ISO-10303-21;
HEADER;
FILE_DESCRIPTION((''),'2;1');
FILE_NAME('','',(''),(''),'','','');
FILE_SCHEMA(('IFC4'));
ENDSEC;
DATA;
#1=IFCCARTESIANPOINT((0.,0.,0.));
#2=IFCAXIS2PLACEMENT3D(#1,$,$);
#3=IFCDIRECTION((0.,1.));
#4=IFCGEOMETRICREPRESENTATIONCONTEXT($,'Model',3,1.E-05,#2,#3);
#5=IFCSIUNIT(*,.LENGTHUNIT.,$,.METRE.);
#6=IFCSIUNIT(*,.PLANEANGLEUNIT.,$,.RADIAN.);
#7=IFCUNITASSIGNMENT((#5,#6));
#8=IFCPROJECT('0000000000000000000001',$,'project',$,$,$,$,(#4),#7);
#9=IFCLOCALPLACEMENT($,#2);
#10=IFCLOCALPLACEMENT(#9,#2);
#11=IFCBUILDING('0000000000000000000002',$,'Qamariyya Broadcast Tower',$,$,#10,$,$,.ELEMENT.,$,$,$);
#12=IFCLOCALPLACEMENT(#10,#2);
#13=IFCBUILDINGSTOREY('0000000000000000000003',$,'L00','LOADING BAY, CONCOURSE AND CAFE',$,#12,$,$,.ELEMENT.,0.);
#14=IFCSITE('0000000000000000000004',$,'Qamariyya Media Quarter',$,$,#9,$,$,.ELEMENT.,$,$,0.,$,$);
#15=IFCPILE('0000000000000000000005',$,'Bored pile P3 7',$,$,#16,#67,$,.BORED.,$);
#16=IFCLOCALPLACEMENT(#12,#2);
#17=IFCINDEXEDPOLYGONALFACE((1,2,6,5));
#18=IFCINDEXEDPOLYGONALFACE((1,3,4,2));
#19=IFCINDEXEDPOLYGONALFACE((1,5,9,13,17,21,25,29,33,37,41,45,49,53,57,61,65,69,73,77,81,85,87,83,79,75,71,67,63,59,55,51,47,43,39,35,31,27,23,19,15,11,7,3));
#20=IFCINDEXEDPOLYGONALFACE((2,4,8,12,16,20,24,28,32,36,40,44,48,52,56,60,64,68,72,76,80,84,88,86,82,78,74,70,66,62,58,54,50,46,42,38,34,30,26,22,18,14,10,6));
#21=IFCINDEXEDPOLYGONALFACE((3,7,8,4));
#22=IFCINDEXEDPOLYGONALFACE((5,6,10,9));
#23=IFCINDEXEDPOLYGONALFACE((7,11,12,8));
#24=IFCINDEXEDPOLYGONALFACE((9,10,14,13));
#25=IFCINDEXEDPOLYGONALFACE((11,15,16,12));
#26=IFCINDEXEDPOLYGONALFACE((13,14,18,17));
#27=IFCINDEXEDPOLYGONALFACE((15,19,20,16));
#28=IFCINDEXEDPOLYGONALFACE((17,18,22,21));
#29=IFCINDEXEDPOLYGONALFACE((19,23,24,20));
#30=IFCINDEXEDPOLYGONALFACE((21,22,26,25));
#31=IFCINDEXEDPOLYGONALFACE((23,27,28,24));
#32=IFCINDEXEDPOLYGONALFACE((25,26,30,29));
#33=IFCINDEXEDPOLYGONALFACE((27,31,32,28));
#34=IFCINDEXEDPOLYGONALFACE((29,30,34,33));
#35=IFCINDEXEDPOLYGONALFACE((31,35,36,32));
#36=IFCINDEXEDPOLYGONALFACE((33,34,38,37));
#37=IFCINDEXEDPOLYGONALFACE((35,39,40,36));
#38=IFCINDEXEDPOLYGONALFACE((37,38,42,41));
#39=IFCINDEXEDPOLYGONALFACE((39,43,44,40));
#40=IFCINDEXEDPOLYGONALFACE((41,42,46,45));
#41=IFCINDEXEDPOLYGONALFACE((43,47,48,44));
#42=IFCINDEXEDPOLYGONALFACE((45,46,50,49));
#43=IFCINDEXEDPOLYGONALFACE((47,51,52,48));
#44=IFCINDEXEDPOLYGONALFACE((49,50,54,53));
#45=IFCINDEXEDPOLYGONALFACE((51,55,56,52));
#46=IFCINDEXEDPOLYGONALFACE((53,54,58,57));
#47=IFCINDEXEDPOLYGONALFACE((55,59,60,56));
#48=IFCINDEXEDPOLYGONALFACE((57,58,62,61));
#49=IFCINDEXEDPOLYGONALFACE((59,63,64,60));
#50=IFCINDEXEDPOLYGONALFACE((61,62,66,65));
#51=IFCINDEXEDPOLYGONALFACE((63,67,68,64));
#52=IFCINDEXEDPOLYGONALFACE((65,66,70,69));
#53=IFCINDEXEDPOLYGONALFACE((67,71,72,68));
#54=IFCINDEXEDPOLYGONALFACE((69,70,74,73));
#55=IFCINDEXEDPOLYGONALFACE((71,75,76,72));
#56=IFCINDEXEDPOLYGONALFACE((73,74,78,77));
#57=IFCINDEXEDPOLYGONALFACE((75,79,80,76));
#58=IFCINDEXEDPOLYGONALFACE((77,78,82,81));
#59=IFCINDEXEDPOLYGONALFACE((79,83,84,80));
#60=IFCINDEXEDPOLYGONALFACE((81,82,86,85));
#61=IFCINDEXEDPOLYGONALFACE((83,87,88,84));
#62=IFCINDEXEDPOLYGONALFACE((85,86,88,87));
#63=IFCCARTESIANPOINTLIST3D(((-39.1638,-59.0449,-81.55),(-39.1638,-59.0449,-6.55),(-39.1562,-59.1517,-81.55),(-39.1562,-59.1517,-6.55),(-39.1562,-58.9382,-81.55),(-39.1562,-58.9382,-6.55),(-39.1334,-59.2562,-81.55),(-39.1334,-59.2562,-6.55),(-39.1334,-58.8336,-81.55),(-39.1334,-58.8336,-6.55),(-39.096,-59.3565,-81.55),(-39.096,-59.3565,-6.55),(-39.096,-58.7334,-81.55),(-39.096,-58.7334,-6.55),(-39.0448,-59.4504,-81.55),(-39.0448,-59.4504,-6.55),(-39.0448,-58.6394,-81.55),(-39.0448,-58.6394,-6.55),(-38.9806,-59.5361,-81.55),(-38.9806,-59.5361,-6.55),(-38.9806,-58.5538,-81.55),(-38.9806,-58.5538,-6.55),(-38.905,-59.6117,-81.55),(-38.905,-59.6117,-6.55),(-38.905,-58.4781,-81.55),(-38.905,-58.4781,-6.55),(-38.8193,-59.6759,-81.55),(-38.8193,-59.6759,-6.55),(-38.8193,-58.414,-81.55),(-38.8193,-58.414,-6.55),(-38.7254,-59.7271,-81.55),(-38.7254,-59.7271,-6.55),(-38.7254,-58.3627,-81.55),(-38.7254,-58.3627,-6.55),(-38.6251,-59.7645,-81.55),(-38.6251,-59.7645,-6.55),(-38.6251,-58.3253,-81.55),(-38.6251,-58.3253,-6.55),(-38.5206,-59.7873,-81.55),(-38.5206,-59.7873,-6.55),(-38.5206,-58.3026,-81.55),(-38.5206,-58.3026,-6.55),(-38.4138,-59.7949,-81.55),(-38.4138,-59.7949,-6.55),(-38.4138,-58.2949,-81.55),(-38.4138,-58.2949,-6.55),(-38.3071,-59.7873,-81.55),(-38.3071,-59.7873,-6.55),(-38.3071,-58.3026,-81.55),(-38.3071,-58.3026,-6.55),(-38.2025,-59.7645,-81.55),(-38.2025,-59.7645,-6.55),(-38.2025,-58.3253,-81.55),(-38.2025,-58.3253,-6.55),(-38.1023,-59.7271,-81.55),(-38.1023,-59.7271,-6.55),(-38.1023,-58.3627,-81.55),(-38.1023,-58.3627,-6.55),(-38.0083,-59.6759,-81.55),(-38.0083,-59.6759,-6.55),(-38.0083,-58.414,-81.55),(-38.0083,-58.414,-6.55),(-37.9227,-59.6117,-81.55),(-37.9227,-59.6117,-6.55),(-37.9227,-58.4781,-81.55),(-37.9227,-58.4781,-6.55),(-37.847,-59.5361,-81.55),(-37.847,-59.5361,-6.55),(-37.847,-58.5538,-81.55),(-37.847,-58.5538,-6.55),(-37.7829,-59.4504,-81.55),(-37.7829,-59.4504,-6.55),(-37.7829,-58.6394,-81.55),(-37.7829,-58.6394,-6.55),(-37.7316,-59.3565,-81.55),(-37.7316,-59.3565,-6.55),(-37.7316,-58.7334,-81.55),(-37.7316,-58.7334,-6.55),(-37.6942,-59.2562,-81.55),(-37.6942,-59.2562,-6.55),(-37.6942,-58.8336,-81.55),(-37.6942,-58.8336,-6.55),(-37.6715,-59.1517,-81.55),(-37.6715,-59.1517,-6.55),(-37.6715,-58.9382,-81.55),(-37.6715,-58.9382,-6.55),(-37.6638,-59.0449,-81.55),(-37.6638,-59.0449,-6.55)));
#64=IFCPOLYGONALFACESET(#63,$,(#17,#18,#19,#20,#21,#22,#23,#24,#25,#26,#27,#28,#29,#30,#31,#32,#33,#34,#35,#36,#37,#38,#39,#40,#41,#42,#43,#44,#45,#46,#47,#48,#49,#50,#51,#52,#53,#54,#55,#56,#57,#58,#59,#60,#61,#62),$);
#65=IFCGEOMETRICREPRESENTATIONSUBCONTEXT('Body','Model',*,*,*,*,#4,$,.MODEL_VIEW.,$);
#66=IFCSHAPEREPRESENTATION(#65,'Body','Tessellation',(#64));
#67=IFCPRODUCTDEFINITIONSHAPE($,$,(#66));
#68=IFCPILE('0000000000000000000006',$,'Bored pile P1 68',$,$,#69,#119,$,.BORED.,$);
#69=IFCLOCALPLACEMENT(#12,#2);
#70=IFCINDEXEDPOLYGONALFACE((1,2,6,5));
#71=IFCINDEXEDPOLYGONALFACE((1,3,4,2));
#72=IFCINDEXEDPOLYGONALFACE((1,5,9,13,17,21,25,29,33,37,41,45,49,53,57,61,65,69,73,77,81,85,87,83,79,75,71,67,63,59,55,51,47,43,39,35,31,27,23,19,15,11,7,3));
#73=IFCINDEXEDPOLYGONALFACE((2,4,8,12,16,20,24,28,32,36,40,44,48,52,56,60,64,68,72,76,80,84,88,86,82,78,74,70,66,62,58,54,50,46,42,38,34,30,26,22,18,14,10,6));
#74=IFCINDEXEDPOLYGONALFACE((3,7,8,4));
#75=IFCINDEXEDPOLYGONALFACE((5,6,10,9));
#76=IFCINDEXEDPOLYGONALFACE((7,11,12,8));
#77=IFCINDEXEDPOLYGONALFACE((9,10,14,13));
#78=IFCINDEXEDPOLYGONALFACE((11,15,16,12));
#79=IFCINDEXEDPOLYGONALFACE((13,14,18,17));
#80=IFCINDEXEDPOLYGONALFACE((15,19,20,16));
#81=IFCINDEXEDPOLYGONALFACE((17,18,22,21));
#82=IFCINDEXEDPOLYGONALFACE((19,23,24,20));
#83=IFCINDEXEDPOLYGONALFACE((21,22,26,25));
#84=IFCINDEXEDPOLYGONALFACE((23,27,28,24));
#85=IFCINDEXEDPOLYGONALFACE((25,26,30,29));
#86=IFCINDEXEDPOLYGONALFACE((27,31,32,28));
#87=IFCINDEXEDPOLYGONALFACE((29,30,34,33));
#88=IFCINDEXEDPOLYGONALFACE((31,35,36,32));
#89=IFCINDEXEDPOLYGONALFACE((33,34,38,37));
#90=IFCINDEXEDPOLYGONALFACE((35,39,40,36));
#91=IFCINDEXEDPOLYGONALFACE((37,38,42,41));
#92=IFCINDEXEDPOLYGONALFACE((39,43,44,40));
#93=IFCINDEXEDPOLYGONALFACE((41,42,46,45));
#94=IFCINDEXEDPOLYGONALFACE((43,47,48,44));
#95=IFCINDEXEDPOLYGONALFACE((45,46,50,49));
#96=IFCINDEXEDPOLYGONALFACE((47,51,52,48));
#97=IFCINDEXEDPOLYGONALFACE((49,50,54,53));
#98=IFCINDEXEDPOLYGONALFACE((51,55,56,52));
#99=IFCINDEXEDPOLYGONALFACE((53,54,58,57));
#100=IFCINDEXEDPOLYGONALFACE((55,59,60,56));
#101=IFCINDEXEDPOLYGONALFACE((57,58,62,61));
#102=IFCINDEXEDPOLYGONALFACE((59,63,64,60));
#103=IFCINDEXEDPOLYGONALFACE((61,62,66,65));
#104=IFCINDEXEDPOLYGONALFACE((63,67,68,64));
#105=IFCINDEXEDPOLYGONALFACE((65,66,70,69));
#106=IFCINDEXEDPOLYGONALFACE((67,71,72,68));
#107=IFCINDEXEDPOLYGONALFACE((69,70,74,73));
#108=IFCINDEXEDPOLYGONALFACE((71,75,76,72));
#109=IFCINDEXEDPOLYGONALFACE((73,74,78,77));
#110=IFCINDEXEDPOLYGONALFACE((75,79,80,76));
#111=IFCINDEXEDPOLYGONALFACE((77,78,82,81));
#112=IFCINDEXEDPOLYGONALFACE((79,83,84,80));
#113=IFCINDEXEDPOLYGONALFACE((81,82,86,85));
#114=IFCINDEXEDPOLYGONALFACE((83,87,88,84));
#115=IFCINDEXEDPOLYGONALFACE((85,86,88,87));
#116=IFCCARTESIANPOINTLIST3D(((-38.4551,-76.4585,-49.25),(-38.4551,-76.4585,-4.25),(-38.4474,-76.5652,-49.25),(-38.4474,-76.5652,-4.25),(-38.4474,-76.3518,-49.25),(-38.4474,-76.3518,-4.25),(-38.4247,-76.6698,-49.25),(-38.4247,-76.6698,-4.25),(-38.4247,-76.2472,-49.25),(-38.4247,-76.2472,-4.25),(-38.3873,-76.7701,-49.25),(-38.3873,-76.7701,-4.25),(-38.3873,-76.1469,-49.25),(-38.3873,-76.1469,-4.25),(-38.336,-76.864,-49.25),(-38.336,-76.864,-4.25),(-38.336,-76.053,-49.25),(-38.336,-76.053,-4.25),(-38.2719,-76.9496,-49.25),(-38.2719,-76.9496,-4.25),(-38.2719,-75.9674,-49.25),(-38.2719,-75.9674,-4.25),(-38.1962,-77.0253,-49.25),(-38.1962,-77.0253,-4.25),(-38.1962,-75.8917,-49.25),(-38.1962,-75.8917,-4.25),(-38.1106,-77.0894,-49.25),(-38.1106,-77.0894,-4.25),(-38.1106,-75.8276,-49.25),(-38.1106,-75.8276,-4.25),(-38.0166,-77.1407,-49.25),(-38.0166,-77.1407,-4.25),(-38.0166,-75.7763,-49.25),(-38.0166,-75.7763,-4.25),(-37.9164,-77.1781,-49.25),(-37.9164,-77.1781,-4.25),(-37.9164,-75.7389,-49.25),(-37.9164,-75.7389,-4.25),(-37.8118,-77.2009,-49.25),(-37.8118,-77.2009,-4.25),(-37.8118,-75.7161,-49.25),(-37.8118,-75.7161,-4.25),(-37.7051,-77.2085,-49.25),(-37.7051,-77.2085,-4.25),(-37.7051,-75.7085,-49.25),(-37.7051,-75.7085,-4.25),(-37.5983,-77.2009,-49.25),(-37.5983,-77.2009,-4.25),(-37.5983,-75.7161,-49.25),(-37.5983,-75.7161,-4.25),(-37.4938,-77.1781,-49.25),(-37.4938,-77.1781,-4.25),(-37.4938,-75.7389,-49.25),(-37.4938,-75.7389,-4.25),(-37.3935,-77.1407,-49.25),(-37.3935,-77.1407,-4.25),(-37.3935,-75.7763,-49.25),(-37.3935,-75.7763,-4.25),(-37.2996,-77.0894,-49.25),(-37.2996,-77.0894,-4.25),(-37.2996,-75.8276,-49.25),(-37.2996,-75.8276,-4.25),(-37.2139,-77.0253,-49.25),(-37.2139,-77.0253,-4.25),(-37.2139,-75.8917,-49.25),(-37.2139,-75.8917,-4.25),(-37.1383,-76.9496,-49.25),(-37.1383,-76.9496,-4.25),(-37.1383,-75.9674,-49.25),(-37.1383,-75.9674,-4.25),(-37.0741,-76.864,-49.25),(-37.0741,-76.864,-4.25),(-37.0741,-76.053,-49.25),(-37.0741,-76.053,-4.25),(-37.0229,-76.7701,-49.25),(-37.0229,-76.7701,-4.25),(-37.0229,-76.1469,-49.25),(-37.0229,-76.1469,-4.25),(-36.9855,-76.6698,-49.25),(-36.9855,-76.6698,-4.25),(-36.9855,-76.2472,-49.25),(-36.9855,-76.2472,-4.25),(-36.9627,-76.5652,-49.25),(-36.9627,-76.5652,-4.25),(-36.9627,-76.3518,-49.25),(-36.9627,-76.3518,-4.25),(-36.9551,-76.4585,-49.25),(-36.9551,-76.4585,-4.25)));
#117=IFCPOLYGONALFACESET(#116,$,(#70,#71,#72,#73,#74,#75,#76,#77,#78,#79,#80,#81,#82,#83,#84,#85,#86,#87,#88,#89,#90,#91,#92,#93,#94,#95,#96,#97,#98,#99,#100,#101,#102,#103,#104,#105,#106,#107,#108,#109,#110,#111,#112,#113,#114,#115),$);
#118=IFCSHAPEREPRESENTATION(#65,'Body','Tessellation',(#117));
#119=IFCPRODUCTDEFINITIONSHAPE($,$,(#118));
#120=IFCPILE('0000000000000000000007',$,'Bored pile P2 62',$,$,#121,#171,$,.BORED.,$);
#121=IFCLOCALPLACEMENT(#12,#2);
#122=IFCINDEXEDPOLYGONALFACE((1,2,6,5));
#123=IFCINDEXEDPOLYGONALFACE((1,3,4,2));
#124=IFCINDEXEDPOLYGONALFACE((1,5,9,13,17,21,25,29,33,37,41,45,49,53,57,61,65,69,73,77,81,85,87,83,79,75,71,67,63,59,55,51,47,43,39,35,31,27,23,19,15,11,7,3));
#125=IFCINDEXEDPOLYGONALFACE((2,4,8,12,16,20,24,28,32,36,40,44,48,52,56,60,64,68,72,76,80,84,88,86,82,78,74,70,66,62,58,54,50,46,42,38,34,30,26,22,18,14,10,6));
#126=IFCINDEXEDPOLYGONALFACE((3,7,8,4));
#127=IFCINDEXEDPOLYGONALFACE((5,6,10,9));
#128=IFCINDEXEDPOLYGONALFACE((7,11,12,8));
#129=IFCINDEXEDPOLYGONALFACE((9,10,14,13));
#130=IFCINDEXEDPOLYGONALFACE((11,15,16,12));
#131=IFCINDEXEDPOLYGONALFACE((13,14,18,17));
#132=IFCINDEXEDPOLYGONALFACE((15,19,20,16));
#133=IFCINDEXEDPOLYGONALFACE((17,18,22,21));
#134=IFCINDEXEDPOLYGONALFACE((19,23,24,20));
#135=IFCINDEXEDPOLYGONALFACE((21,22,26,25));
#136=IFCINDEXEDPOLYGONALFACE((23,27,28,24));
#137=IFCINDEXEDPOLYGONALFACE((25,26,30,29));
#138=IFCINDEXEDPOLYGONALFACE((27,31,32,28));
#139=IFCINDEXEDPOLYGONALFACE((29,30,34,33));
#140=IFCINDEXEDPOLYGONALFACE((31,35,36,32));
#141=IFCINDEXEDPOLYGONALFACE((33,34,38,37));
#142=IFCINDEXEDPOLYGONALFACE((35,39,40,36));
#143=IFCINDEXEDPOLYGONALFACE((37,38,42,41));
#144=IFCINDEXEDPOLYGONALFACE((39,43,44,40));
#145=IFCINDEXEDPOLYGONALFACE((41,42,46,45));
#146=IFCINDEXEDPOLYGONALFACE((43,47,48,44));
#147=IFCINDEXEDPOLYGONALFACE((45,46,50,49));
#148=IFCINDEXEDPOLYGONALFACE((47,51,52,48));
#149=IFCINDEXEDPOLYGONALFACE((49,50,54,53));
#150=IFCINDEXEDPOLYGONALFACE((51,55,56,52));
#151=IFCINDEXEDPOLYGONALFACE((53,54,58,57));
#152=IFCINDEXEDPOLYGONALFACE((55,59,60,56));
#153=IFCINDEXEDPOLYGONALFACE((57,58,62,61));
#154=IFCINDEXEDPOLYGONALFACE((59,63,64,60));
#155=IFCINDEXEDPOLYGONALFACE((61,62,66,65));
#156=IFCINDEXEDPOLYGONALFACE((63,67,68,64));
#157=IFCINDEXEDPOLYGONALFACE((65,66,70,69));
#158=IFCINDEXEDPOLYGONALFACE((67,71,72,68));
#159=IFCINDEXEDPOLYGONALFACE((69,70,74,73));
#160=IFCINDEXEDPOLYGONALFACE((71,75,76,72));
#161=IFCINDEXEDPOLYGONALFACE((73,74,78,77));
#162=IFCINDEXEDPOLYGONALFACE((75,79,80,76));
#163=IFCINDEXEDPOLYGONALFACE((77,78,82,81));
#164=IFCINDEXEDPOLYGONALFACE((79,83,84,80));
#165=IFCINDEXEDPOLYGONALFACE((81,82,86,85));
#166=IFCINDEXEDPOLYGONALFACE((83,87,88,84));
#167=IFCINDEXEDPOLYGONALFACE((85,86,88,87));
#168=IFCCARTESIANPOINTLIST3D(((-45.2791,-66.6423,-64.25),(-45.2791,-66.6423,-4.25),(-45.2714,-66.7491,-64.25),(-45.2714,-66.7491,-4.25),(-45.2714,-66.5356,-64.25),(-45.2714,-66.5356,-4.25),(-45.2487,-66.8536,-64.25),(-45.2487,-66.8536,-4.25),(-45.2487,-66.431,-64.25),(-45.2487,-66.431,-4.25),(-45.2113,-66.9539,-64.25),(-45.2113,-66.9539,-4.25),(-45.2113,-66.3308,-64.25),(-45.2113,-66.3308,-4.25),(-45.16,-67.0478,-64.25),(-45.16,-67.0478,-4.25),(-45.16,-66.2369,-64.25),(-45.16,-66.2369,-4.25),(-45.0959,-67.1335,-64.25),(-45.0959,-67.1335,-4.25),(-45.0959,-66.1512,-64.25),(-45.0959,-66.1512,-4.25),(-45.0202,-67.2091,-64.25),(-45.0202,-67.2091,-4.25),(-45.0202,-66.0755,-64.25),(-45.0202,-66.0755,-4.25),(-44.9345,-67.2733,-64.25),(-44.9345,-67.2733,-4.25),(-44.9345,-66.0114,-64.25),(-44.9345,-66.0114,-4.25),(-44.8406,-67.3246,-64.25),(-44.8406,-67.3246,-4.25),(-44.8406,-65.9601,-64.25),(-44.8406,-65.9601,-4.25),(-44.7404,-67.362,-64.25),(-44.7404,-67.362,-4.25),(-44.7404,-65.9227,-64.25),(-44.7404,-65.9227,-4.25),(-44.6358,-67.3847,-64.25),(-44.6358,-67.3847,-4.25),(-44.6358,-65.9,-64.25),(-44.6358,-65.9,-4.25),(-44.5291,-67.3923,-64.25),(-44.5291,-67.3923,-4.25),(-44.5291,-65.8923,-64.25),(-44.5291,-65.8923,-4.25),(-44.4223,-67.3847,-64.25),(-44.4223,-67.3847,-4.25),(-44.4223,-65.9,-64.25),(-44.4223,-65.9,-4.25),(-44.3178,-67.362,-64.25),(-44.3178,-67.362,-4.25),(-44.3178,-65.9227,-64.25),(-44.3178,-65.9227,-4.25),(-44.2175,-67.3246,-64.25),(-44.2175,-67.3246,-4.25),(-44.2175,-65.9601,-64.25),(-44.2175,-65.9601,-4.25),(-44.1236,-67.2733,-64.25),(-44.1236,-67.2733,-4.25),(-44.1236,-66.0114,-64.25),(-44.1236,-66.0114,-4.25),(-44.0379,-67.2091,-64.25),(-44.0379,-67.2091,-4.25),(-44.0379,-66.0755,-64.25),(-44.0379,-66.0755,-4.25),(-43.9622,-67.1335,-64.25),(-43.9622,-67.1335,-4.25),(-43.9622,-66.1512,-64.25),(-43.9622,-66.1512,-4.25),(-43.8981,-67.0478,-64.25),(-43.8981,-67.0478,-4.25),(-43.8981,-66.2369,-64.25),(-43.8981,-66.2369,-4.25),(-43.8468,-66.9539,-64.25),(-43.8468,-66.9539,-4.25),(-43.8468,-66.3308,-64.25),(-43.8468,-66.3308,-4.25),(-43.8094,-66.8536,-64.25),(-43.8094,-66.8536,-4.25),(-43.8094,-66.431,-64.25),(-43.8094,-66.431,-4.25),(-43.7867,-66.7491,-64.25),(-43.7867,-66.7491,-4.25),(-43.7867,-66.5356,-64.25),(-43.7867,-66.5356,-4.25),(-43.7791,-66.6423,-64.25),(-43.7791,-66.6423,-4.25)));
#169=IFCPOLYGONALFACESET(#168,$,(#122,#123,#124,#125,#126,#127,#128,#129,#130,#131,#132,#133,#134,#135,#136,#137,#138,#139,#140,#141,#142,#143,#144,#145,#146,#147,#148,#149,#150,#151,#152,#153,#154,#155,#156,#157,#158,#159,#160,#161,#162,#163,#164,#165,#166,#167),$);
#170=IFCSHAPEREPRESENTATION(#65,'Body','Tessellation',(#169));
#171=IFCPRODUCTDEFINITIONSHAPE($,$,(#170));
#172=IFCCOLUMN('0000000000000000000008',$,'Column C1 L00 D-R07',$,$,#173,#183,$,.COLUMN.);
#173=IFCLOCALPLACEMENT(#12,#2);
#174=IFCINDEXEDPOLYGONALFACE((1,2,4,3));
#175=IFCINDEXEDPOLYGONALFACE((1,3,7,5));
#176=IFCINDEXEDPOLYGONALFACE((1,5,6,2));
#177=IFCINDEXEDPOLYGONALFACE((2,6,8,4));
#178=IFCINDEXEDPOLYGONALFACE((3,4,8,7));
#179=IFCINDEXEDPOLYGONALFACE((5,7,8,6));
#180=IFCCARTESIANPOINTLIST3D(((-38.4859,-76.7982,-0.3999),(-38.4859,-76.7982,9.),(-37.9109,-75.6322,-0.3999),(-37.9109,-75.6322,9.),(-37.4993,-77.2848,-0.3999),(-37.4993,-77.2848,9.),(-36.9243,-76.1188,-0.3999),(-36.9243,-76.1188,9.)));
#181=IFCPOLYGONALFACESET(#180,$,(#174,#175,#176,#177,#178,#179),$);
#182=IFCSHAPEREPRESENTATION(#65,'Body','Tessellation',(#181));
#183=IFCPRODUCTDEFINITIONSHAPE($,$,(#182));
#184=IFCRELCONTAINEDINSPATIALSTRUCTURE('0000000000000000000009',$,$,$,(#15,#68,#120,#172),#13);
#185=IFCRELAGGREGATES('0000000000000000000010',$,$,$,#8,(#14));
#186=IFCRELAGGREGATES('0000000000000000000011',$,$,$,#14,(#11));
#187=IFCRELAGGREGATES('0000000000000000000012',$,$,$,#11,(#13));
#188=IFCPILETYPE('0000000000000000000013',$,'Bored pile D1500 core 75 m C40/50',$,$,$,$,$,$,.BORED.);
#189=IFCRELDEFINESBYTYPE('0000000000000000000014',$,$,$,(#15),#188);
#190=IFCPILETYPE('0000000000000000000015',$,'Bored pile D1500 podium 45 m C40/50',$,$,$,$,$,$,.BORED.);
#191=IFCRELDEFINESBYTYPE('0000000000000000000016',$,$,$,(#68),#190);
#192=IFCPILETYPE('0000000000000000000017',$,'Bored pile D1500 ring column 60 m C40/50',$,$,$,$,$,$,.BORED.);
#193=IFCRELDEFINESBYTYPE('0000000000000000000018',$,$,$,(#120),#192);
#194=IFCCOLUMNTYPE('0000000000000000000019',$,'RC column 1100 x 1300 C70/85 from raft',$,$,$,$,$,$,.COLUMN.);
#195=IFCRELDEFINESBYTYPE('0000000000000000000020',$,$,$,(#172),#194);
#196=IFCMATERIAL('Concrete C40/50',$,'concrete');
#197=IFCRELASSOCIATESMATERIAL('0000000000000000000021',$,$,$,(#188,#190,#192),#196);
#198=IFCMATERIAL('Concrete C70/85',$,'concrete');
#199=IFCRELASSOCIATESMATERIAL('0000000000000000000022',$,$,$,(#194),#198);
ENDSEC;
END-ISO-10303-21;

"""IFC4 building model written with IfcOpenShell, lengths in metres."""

from ifc_helpers import new_model, si_unit, direction, frame, origin, origin_2d, place, context, subcontext, project, spatial, rectangle, circle, extrude, material, material_profile, profile_set, type_object, element, save


model = new_model("IFC4")

# Units and contexts
model_context = context("Model", 3, precision=1e-05, world=origin(), true_north=direction((0.0, 1.0)))
body_context = subcontext(model_context, "Body", "Model", "MODEL_VIEW")
ifc_project = project(units=[si_unit("LENGTHUNIT", "METRE"), si_unit("PLANEANGLEUNIT", "RADIAN")], contexts=[model_context])

# Site, building, storey
site_placement = place(None, origin())
site = spatial("IfcSite", under=ifc_project, at=site_placement, Name="Qamariyya Media Quarter", CompositionType="ELEMENT", RefElevation=0.0)
building_placement = place(site_placement, origin())
building = spatial("IfcBuilding", under=site, at=building_placement, Name="Qamariyya Broadcast Tower", CompositionType="ELEMENT")
storey_placement = place(building_placement, origin())
storey = spatial("IfcBuildingStorey", under=building, at=storey_placement, Name="L00", Description="LOADING BAY, CONCOURSE AND CAFE", CompositionType="ELEMENT", Elevation=0.0)

# Piles
ifc_material_1 = material(Name="Concrete C40/50", Category="concrete")
ifc_material_profile_1 = material_profile(ifc_material_1, circle(Radius=0.75, at=origin_2d()))
ifc_profile_set_1 = profile_set([ifc_material_profile_1], Name="Concrete C40/50")
pile_type_1 = type_object("IfcPileType", Name="Bored pile D1500 core 75 m C40/50", PredefinedType="BORED", material=ifc_profile_set_1)
for number, where, z_axis, x_axis, name in (
    (1, (-38.4138, -59.0449, -6.55), (0.0, 0.0, -1.0), (1.0, 0.0, 0.0), "Bored pile P3 7"),
):
    element("IfcPile", number, at=place(storey_placement, frame(where, z_axis=z_axis, x_axis=x_axis)), inside=storey, type_object=pile_type_1, Name=name, PredefinedType="BORED", context=body_context, shape_type="SweptSolid", body=[
        extrude(circle(Radius=0.75, at=origin_2d()), origin(), (0.0, 0.0, 1.0), 75.0),
    ])
ifc_material_profile_2 = material_profile(ifc_material_1, circle(Radius=0.75, at=origin_2d()))
ifc_profile_set_2 = profile_set([ifc_material_profile_2], Name="Concrete C40/50")
pile_type_2 = type_object("IfcPileType", Name="Bored pile D1500 podium 45 m C40/50", PredefinedType="BORED", material=ifc_profile_set_2)
pile_1_placement = place(storey_placement, frame((-37.7051, -76.4585, -4.25), z_axis=(0.0, 0.0, -1.0), x_axis=(1.0, 0.0, 0.0)))
element("IfcPile", 2, at=pile_1_placement, inside=storey, type_object=pile_type_2, Name="Bored pile P1 68", PredefinedType="BORED", context=body_context, shape_type="SweptSolid", body=[
    extrude(circle(Radius=0.75, at=origin_2d()), origin(), (0.0, 0.0, 1.0), 45.0),
])
ifc_material_profile_3 = material_profile(ifc_material_1, circle(Radius=0.75, at=origin_2d()))
ifc_profile_set_3 = profile_set([ifc_material_profile_3], Name="Concrete C40/50")
pile_type_3 = type_object("IfcPileType", Name="Bored pile D1500 ring column 60 m C40/50", PredefinedType="BORED", material=ifc_profile_set_3)
pile_2_placement = place(storey_placement, frame((-44.5291, -66.6423, -4.25), z_axis=(0.0, 0.0, -1.0), x_axis=(1.0, 0.0, 0.0)))
element("IfcPile", 3, at=pile_2_placement, inside=storey, type_object=pile_type_3, Name="Bored pile P2 62", PredefinedType="BORED", context=body_context, shape_type="SweptSolid", body=[
    extrude(circle(Radius=0.75, at=origin_2d()), origin(), (0.0, 0.0, 1.0), 60.0),
])

# Column
ifc_material_2 = material(Name="Concrete C70/85", Category="concrete")
ifc_material_profile_4 = material_profile(ifc_material_2, rectangle(XDim=1.1001, YDim=1.3, at=origin_2d()))
ifc_profile_set_4 = profile_set([ifc_material_profile_4], Name="Concrete C70/85")
column_type_1 = type_object("IfcColumnType", Name="RC column 1100 x 1300 C70/85 from raft", PredefinedType="COLUMN", material=ifc_profile_set_4)
column_1_placement = place(storey_placement, frame((-37.7051, -76.4585, -0.3999), z_axis=(0.0, 0.0, 1.0), x_axis=(0.896873, -0.442289, 0.0)))
element("IfcColumn", 4, at=column_1_placement, inside=storey, type_object=column_type_1, Name="Column C1 L00 D-R07", PredefinedType="COLUMN", context=body_context, shape_type="SweptSolid", body=[
    extrude(rectangle(XDim=1.1001, YDim=1.3, at=origin_2d()), origin(), (0.0, 0.0, 1.0), 9.3999),
])

save(model, "model.ifc")
